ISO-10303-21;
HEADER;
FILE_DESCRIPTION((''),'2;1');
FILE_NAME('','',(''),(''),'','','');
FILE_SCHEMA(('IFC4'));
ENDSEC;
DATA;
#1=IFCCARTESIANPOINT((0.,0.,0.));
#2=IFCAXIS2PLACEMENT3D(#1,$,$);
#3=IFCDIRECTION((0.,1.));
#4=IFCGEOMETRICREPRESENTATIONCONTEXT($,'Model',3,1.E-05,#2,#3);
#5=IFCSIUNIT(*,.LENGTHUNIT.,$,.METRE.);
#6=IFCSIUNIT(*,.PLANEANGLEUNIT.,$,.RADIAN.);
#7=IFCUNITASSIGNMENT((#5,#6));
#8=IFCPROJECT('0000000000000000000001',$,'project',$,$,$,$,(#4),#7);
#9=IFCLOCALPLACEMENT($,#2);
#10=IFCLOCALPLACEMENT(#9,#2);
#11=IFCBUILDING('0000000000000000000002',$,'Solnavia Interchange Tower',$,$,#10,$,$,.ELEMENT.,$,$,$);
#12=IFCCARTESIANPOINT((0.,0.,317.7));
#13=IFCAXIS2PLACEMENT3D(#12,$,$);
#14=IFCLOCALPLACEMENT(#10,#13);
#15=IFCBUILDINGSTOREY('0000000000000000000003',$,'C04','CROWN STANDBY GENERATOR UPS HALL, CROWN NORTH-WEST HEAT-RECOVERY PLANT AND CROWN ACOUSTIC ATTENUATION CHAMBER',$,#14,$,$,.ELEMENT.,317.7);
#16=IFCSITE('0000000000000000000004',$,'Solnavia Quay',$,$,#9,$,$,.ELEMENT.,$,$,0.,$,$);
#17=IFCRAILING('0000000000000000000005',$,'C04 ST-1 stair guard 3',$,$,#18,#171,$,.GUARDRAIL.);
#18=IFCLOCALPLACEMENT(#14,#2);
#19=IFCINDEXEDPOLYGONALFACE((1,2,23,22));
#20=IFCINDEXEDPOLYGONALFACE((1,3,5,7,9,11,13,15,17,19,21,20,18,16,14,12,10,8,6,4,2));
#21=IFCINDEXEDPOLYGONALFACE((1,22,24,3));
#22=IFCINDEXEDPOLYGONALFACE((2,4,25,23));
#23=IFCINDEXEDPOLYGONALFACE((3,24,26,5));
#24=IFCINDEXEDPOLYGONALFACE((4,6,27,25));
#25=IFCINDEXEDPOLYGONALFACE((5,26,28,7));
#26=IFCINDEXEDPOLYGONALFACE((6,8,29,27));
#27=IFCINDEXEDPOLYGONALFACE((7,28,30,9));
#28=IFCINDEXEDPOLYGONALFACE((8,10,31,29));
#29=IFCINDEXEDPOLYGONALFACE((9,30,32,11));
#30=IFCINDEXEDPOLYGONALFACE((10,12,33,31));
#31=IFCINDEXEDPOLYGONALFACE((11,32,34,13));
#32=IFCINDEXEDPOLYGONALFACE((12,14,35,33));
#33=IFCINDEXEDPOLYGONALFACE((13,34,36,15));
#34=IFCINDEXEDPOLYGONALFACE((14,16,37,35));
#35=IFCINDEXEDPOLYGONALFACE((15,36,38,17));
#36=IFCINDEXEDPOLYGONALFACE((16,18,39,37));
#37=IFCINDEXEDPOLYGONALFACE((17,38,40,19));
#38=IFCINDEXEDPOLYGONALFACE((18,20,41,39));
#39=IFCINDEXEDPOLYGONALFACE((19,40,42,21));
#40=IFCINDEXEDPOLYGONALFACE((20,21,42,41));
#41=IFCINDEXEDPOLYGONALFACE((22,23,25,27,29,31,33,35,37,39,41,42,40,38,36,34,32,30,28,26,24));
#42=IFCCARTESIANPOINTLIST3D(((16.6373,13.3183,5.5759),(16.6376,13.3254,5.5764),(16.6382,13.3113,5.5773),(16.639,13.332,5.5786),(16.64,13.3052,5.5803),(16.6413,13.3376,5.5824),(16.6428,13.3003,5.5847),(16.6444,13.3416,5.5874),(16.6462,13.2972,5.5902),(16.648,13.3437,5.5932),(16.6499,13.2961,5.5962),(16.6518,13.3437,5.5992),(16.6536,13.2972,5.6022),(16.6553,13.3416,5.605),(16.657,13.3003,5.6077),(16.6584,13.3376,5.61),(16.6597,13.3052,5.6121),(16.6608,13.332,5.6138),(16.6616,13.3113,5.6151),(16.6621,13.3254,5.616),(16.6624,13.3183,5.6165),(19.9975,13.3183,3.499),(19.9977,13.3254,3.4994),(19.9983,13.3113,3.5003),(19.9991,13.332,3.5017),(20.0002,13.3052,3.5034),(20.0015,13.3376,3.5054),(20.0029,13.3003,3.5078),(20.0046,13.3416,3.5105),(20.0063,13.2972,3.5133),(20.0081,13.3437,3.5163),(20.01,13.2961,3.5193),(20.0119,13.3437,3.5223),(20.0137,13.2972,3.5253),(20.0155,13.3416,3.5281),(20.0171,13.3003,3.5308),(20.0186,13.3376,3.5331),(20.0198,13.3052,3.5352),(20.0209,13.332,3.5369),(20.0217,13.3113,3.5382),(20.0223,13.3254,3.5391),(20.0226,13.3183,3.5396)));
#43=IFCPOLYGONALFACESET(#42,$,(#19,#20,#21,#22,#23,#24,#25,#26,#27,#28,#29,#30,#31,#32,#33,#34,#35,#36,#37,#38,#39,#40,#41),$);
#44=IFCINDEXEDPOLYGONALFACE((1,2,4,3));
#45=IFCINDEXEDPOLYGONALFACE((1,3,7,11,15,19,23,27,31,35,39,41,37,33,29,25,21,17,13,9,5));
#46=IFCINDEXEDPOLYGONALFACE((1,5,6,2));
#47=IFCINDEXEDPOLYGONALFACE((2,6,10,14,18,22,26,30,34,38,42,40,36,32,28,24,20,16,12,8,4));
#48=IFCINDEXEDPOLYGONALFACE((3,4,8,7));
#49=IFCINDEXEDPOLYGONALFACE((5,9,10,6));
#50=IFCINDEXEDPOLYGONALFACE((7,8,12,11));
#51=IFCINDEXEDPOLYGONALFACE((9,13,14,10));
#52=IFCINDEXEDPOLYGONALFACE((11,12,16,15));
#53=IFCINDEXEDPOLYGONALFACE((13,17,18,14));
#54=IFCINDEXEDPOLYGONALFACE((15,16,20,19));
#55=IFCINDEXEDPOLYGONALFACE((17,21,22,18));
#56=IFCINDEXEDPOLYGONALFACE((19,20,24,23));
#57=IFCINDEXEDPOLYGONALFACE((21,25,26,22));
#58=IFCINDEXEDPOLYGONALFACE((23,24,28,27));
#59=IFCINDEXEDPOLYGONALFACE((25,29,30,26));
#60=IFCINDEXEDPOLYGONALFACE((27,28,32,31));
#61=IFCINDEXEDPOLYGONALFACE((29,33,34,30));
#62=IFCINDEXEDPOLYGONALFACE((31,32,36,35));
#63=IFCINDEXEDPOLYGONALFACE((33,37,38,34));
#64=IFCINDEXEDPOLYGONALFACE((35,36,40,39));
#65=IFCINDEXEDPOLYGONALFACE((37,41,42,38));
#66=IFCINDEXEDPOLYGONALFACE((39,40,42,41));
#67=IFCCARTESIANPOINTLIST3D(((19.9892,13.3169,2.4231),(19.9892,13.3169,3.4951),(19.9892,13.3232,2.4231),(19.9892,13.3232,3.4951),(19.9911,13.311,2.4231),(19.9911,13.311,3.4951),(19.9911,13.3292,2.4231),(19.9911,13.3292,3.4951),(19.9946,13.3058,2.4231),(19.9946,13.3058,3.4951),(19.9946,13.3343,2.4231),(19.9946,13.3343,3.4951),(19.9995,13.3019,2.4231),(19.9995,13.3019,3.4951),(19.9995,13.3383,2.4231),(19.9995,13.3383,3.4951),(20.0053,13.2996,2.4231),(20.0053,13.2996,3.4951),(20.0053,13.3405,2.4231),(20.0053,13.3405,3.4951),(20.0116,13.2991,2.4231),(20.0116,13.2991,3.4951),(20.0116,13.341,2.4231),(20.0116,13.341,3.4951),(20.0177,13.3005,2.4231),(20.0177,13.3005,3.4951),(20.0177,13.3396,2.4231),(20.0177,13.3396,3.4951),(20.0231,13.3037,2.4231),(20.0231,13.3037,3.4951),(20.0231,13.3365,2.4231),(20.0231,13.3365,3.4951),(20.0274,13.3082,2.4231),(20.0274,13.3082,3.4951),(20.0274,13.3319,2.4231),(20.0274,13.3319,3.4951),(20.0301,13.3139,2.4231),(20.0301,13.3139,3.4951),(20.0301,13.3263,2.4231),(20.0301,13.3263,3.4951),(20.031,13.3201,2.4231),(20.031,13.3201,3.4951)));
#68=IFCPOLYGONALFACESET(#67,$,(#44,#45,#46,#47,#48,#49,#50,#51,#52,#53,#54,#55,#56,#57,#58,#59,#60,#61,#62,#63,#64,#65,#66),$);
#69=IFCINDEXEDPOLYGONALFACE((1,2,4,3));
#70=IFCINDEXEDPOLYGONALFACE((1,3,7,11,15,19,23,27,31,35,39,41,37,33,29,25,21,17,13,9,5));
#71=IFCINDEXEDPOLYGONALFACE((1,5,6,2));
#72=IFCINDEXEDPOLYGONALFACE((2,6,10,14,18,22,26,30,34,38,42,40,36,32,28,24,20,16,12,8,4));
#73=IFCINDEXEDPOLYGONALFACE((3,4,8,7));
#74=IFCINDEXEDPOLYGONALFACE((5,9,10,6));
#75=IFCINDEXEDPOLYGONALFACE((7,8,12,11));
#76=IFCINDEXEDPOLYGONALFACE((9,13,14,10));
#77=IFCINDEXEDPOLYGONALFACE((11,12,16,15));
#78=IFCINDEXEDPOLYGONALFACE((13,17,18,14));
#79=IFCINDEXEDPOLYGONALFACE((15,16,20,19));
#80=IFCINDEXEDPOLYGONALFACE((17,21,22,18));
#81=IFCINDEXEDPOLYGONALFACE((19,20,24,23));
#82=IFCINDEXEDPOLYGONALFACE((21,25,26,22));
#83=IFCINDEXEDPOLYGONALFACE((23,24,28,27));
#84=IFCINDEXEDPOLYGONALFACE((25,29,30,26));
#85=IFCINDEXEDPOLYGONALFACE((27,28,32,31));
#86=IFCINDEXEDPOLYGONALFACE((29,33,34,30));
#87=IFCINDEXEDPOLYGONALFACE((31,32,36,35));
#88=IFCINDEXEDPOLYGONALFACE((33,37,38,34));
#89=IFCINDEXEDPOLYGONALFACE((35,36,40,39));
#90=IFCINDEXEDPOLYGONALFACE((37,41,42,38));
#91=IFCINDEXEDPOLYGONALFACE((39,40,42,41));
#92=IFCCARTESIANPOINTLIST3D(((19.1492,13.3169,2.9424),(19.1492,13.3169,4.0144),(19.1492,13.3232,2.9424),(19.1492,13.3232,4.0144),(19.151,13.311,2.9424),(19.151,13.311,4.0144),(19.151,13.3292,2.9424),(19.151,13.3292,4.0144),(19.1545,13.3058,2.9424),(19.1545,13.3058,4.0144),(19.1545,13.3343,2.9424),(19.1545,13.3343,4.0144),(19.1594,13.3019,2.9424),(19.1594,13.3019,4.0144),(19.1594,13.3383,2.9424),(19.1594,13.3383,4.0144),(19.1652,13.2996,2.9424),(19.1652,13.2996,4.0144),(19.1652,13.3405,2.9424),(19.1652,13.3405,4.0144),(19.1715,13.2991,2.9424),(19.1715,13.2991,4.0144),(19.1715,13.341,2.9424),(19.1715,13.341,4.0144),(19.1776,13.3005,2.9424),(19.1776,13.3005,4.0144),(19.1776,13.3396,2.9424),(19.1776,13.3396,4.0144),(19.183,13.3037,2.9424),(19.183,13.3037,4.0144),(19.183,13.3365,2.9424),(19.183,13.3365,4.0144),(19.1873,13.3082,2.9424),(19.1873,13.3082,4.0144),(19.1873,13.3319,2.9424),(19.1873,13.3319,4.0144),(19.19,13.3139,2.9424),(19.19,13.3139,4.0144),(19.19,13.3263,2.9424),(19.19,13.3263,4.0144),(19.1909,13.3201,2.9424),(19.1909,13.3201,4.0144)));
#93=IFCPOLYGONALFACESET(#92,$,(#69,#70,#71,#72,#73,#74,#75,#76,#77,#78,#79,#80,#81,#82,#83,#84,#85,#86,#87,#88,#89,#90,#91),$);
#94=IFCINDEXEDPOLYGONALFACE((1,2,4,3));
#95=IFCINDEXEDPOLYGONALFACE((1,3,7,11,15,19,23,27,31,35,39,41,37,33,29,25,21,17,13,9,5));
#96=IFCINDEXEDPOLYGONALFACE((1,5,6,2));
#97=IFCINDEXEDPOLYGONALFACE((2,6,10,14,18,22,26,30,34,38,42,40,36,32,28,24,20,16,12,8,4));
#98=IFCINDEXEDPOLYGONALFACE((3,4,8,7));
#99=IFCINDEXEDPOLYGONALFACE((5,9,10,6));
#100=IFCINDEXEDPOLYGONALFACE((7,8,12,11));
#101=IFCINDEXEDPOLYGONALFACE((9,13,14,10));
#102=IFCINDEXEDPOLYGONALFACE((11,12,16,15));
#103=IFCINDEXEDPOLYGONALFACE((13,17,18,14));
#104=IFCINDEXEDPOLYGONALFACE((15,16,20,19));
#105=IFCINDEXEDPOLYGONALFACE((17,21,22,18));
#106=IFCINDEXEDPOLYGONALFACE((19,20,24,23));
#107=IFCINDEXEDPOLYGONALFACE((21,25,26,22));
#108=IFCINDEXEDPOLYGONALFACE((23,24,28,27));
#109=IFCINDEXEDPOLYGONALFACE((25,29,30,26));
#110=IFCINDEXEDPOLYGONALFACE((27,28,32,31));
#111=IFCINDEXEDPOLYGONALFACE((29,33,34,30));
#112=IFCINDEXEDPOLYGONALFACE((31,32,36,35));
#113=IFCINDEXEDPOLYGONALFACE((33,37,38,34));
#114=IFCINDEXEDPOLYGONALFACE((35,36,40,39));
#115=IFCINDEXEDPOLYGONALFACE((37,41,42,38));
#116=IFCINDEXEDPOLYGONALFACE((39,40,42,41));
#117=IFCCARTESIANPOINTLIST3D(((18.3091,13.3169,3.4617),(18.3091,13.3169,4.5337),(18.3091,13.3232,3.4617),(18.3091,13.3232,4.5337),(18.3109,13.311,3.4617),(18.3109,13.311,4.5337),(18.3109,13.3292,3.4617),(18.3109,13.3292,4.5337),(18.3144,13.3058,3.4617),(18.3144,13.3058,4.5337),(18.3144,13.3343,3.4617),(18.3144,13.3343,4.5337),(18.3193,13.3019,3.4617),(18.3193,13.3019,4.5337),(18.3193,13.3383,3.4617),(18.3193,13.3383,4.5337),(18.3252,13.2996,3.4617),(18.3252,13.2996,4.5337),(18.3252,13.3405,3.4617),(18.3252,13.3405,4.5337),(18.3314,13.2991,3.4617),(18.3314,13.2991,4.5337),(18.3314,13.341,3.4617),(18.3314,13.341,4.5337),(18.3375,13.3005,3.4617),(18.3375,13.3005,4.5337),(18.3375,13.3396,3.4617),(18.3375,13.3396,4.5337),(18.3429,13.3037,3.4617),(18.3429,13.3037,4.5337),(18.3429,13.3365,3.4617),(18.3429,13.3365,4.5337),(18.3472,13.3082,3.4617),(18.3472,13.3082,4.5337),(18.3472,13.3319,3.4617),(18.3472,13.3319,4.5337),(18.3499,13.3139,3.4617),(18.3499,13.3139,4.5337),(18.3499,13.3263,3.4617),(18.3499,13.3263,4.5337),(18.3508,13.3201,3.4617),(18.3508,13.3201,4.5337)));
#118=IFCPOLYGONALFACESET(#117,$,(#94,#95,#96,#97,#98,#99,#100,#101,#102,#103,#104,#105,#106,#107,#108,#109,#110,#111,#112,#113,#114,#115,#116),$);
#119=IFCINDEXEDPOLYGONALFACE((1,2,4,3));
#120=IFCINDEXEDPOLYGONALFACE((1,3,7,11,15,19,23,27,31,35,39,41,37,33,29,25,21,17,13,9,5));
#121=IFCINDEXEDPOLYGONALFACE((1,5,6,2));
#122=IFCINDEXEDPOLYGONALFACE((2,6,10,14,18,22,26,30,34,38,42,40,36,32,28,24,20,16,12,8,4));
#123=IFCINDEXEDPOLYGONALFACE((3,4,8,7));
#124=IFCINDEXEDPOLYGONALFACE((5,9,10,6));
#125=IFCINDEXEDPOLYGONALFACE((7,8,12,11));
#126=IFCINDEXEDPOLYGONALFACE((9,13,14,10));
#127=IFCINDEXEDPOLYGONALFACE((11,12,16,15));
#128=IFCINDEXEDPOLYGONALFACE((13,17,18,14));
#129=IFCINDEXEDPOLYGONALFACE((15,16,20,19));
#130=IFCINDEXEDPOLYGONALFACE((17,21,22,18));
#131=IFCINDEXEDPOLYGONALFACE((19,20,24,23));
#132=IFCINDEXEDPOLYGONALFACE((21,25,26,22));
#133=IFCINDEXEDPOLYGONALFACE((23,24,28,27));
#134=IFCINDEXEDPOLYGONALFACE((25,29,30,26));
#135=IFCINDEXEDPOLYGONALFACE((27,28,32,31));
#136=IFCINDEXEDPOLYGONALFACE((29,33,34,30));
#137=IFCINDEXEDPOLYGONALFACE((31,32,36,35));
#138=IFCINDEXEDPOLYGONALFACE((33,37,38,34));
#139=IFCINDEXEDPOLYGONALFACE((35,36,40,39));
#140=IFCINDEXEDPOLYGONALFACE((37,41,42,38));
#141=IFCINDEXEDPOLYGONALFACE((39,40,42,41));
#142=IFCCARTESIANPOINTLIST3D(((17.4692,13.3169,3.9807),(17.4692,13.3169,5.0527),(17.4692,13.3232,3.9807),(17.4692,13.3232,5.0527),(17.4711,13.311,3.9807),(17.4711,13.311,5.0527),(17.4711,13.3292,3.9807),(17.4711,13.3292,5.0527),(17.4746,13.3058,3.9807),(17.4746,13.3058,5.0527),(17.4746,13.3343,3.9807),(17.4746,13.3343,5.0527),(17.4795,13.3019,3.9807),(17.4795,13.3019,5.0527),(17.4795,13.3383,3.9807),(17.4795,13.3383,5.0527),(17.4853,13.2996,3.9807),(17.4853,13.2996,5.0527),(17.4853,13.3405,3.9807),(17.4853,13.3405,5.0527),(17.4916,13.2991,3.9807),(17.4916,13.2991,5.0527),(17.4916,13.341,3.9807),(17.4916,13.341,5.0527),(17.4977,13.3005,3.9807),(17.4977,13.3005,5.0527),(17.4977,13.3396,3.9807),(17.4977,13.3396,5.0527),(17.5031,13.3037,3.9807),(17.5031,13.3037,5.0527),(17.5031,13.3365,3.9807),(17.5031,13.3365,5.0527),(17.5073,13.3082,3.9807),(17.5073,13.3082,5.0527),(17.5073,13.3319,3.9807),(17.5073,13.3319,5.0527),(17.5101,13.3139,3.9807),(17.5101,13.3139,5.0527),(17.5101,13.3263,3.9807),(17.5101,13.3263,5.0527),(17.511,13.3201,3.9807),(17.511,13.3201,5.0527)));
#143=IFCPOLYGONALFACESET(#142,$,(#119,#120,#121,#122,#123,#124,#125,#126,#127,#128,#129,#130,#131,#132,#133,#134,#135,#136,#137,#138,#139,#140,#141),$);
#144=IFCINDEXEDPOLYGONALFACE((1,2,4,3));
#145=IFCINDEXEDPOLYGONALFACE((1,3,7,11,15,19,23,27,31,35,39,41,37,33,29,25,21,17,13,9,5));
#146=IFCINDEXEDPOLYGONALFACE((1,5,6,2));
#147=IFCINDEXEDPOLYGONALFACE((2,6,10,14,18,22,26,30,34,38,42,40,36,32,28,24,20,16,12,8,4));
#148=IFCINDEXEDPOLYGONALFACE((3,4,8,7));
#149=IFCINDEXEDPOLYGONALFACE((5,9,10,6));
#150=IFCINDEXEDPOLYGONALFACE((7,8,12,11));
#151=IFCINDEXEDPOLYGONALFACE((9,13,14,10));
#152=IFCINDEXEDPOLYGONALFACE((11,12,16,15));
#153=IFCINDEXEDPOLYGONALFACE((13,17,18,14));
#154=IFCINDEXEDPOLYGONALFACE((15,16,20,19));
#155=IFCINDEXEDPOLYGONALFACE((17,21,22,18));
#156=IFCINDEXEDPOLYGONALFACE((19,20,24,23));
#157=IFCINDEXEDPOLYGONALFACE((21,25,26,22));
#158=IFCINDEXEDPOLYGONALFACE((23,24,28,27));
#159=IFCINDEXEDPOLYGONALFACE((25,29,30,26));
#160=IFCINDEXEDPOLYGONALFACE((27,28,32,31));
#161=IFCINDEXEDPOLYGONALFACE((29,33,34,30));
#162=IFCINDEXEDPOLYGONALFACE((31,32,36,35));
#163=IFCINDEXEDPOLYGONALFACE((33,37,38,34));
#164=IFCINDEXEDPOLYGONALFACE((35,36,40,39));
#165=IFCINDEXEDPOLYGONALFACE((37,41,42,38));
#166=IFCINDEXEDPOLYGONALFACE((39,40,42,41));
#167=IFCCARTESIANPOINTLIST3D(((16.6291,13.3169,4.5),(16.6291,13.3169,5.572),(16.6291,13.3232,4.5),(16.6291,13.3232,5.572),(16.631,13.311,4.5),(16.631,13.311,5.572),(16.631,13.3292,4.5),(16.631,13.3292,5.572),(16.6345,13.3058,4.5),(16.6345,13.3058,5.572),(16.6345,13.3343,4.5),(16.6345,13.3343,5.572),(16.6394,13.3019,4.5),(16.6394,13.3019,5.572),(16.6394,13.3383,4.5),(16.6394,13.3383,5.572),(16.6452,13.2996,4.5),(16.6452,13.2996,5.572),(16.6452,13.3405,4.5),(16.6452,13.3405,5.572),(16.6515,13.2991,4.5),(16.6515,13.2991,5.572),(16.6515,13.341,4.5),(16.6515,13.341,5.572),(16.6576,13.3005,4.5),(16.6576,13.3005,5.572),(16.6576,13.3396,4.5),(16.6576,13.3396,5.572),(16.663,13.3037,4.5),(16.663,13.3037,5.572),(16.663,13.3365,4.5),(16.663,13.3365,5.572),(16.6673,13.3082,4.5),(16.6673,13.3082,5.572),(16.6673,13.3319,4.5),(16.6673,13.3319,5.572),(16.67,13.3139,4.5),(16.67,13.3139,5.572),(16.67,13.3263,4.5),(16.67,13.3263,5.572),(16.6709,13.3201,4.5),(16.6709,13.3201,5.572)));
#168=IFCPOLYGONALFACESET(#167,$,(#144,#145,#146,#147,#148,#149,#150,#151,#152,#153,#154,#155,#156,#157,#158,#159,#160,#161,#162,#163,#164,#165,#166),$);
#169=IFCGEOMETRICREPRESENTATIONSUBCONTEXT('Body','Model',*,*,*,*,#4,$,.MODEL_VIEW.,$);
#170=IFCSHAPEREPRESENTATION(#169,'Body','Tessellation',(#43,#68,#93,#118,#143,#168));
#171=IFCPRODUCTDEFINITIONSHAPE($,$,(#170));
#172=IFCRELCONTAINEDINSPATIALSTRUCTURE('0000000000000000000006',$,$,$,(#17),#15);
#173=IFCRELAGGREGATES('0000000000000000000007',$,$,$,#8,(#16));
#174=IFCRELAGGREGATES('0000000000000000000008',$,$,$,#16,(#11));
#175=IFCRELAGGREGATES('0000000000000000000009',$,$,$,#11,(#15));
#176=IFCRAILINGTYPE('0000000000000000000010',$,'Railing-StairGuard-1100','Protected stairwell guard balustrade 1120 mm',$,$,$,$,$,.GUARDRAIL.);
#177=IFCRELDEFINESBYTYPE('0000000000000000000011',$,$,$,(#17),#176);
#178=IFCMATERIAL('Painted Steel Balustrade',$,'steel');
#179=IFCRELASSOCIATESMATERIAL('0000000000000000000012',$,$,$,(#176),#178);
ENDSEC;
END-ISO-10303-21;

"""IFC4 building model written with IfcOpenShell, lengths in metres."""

from ifc_helpers import new_model, si_unit, direction, frame, origin, origin_2d, place, context, subcontext, project, spatial, circle, extrude, material, type_object, element, save


model = new_model("IFC4")

# Units and contexts
model_context = context("Model", 3, precision=1e-05, world=origin(), true_north=direction((0.0, 1.0)))
body_context = subcontext(model_context, "Body", "Model", "MODEL_VIEW")
ifc_project = project(units=[si_unit("LENGTHUNIT", "METRE"), si_unit("PLANEANGLEUNIT", "RADIAN")], contexts=[model_context])

# Site, building, storey
site_placement = place(None, origin())
site = spatial("IfcSite", under=ifc_project, at=site_placement, Name="Solnavia Quay", CompositionType="ELEMENT", RefElevation=0.0)
building_placement = place(site_placement, origin())
building = spatial("IfcBuilding", under=site, at=building_placement, Name="Solnavia Interchange Tower", CompositionType="ELEMENT")
storey_placement = place(building_placement, frame((0.0, 0.0, 317.7)))
storey = spatial("IfcBuildingStorey", under=building, at=storey_placement, Name="C04", Description="CROWN STANDBY GENERATOR UPS HALL, CROWN NORTH-WEST HEAT-RECOVERY PLANT AND CROWN ACOUSTIC ATTENUATION CHAMBER", CompositionType="ELEMENT", Elevation=317.7)

# Railing
ifc_material_1 = material(Name="Painted Steel Balustrade", Category="steel")
railing_type_1 = type_object("IfcRailingType", Name="Railing-StairGuard-1100", Description="Protected stairwell guard balustrade 1120 mm", PredefinedType="GUARDRAIL", material=ifc_material_1)
railing_1_placement = place(storey_placement, frame((20.01, 13.3201, 2.4231)))
element("IfcRailing", 1, at=railing_1_placement, inside=storey, type_object=railing_type_1, Name="C04 ST-1 stair guard 3", PredefinedType="GUARDRAIL", context=body_context, shape_type="SweptSolid", body=[
    extrude(circle(Radius=0.0239, at=origin_2d()), frame((0.0, 0.0, 1.0962), z_axis=(-0.850623, 0.0, 0.525776), x_axis=(0.0, -1.0, 0.0)), (0.0, 0.0, 1.0), 3.9502),
    extrude(circle(Radius=0.021, at=origin_2d()), origin(), (0.0, 0.0, 1.0), 1.072),
    extrude(circle(Radius=0.021, at=origin_2d()), frame((-0.8401, 0.0, 0.5193)), (0.0, 0.0, 1.0), 1.072),
    extrude(circle(Radius=0.021, at=origin_2d()), frame((-1.6802, 0.0, 1.0386)), (0.0, 0.0, 1.0), 1.072),
    extrude(circle(Radius=0.021, at=origin_2d()), frame((-2.52, 0.0, 1.5576)), (0.0, 0.0, 1.0), 1.072),
    extrude(circle(Radius=0.021, at=origin_2d()), frame((-3.3601, 0.0, 2.0769)), (0.0, 0.0, 1.0), 1.072),
])

save(model, "model.ifc")
